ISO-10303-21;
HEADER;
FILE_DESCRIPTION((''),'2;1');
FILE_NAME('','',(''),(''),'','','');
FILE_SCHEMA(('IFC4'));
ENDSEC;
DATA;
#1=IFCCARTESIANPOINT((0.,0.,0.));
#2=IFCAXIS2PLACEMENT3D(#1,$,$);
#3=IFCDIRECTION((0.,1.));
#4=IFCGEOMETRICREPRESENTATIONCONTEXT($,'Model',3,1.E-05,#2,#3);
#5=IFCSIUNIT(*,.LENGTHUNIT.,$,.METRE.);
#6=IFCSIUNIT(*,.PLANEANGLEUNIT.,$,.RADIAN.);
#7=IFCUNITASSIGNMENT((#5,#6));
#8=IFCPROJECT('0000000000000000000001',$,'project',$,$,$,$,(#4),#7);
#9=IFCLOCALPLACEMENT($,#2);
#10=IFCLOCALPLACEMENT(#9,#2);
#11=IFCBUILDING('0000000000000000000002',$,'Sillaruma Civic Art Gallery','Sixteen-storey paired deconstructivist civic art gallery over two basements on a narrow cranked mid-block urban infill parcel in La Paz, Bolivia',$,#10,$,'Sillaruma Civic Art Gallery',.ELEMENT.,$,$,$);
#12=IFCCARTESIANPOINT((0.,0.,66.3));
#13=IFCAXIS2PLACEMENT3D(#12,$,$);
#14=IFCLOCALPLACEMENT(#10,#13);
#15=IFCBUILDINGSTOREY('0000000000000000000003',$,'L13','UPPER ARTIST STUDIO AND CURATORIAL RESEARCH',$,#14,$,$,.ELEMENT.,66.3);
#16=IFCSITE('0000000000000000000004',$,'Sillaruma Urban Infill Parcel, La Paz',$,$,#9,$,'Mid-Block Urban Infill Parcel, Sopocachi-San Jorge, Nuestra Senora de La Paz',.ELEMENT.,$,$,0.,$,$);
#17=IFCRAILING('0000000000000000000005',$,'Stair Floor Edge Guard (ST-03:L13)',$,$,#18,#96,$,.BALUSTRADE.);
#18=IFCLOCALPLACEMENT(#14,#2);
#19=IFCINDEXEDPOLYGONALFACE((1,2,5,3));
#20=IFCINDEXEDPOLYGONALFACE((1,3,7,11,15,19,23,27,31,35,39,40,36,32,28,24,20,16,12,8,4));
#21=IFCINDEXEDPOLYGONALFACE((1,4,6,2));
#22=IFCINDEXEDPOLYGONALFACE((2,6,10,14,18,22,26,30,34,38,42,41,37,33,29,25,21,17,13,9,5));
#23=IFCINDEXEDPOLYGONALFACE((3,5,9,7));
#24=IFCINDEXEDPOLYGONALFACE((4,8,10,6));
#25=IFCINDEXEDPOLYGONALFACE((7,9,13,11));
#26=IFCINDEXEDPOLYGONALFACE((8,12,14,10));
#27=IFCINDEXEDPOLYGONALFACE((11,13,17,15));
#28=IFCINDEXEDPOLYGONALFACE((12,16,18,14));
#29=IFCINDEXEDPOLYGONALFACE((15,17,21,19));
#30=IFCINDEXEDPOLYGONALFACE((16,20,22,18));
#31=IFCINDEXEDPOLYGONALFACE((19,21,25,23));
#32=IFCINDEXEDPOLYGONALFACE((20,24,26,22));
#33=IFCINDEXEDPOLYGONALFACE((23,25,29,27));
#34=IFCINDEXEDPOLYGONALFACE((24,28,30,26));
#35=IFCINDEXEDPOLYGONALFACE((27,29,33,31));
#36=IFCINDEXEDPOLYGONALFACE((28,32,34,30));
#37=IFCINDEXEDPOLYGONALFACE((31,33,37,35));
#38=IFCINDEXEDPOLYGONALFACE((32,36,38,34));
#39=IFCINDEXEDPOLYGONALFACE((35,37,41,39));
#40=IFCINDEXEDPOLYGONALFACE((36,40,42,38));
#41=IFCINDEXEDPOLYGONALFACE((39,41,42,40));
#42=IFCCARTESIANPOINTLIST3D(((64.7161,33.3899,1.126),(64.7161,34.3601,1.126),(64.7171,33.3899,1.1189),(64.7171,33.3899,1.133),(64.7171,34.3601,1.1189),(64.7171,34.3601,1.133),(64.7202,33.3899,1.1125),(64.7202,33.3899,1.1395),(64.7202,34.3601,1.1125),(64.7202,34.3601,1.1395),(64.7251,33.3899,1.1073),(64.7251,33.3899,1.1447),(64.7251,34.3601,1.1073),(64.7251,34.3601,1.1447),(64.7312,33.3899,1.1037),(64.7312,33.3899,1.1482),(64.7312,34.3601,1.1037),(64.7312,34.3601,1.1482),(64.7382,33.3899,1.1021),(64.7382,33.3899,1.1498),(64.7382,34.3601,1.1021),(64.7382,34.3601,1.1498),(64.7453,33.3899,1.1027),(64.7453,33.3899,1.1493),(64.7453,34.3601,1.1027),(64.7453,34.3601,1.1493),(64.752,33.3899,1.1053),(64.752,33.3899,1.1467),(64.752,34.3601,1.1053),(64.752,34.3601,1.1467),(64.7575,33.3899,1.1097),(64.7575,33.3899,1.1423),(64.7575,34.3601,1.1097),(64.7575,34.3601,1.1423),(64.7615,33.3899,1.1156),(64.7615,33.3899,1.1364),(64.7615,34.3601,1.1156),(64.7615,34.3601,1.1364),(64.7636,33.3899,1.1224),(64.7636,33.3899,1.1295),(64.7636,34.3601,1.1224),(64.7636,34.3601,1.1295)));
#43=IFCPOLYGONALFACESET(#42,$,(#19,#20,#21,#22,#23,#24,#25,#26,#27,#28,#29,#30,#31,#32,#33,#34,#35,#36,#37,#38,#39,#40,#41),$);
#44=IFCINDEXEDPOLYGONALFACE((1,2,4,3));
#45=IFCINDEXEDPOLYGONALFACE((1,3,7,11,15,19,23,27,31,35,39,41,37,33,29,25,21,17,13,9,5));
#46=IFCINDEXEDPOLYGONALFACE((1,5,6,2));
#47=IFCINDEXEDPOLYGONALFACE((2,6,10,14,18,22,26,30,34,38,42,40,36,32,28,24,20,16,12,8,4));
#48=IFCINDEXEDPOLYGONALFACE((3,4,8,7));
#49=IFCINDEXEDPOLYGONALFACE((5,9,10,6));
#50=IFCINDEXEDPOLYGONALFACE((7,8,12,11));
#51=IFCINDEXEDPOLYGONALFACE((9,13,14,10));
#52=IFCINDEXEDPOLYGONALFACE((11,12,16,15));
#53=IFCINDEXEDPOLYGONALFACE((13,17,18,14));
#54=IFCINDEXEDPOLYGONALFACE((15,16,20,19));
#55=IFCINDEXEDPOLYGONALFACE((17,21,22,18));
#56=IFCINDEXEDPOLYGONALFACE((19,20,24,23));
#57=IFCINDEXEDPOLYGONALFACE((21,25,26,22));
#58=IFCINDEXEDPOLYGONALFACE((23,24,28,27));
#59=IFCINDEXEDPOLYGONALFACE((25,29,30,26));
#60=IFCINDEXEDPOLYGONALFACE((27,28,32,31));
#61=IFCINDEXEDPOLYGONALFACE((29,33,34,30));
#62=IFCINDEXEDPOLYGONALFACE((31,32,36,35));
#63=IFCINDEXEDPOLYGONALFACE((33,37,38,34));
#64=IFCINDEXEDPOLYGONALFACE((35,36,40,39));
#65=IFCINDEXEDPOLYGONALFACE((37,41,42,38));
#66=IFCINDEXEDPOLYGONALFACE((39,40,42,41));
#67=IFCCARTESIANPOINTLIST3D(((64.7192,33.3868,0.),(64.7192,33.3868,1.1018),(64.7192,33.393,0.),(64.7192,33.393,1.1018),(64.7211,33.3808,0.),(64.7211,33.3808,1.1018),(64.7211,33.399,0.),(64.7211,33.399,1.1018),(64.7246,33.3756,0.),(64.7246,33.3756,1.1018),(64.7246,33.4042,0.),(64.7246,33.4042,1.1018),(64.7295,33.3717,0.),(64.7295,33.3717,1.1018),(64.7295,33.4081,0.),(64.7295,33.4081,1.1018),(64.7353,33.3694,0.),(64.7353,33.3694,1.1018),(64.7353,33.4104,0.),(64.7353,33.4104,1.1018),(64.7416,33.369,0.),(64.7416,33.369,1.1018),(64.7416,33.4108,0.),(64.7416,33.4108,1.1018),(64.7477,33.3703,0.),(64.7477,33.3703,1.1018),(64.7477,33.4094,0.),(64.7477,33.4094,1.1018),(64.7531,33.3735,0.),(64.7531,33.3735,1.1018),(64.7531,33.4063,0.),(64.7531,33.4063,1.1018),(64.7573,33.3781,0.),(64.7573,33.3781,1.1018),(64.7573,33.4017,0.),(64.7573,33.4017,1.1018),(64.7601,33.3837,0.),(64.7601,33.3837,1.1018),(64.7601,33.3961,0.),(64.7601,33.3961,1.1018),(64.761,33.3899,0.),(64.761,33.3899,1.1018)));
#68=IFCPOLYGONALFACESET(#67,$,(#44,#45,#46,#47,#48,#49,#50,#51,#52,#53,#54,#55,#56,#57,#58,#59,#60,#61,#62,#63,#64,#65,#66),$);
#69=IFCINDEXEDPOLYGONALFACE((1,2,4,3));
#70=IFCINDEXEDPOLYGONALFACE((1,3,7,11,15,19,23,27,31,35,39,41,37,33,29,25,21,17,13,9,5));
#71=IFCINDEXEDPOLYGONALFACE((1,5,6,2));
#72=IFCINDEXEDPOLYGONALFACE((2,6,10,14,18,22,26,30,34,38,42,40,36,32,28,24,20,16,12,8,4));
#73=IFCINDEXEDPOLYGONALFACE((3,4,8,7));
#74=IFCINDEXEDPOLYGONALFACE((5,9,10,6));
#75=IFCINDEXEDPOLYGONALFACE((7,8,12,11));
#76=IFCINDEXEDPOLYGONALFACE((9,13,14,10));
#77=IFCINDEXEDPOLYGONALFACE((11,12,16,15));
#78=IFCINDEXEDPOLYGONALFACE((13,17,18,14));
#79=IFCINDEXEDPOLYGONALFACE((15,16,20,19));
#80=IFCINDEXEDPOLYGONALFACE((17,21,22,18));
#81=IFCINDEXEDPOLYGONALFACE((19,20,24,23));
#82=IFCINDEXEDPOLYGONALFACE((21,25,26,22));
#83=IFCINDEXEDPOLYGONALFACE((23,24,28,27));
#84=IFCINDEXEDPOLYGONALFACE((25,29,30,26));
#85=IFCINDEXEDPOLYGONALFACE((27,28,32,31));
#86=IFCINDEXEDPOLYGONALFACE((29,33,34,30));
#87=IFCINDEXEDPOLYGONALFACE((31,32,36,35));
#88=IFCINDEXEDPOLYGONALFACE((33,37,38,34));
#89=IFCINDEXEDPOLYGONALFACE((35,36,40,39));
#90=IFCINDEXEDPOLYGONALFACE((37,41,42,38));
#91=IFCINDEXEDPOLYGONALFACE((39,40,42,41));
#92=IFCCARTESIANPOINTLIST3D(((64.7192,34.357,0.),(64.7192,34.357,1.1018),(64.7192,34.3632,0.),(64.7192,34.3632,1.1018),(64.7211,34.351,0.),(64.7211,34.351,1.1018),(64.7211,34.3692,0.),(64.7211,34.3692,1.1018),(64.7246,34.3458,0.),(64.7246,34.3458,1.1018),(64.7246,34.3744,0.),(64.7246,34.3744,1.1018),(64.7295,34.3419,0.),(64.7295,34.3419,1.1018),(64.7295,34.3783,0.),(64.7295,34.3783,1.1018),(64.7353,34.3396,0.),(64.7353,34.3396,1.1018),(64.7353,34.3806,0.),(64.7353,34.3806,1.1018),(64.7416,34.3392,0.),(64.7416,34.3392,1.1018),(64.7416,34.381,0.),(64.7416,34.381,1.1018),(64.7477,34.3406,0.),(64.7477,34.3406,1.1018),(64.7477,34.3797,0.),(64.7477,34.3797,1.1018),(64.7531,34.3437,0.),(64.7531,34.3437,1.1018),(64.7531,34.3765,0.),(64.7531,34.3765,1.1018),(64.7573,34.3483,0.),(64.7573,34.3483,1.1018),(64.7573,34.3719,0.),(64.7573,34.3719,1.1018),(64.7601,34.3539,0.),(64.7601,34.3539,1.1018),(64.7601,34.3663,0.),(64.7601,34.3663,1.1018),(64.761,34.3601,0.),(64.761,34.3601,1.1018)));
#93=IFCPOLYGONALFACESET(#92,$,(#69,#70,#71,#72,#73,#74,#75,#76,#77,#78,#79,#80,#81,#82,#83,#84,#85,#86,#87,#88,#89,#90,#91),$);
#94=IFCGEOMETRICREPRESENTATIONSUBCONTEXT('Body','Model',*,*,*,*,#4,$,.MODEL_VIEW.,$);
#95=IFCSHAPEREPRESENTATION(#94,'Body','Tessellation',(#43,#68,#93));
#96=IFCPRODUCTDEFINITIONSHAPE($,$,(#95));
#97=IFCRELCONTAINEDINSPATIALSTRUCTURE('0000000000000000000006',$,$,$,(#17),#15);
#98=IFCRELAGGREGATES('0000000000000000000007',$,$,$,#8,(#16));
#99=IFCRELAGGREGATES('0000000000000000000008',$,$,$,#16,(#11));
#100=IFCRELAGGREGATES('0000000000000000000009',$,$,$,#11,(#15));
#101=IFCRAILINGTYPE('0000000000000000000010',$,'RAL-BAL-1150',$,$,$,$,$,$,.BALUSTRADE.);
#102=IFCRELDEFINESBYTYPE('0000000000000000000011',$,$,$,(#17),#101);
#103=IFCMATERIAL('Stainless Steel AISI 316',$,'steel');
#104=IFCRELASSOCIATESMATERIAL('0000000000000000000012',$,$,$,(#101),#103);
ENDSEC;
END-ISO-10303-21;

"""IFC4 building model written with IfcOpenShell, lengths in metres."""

from ifc_helpers import new_model, si_unit, direction, frame, origin, origin_2d, place, context, subcontext, project, spatial, circle, extrude, material, type_object, element, save


model = new_model("IFC4")

# Units and contexts
model_context = context("Model", 3, precision=1e-05, world=origin(), true_north=direction((0.0, 1.0)))
body_context = subcontext(model_context, "Body", "Model", "MODEL_VIEW")
ifc_project = project(units=[si_unit("LENGTHUNIT", "METRE"), si_unit("PLANEANGLEUNIT", "RADIAN")], contexts=[model_context])

# Site, building, storey
site_placement = place(None, origin())
site = spatial("IfcSite", under=ifc_project, at=site_placement, Name="Sillaruma Urban Infill Parcel, La Paz", LongName="Mid-Block Urban Infill Parcel, Sopocachi-San Jorge, Nuestra Senora de La Paz", CompositionType="ELEMENT", RefElevation=0.0)
building_placement = place(site_placement, origin())
building = spatial("IfcBuilding", under=site, at=building_placement, Name="Sillaruma Civic Art Gallery", Description="Sixteen-storey paired deconstructivist civic art gallery over two basements on a narrow cranked mid-block urban infill parcel in La Paz, Bolivia", LongName="Sillaruma Civic Art Gallery", CompositionType="ELEMENT")
storey_placement = place(building_placement, frame((0.0, 0.0, 66.3)))
storey = spatial("IfcBuildingStorey", under=building, at=storey_placement, Name="L13", Description="UPPER ARTIST STUDIO AND CURATORIAL RESEARCH", CompositionType="ELEMENT", Elevation=66.3)

# Railing
ifc_material_1 = material(Name="Stainless Steel AISI 316", Category="steel")
railing_type_1 = type_object("IfcRailingType", Name="RAL-BAL-1150", PredefinedType="BALUSTRADE", material=ifc_material_1)
railing_1_placement = place(storey_placement, frame((64.74, 33.3899, 0.0)))
element("IfcRailing", 1, at=railing_1_placement, inside=storey, type_object=railing_type_1, Name="Stair Floor Edge Guard (ST-03:L13)", PredefinedType="BALUSTRADE", context=body_context, shape_type="SweptSolid", body=[
    extrude(circle(Radius=0.0239, at=origin_2d()), frame((0.0, 0.0, 1.126), z_axis=(0.0, 1.0, 0.0), x_axis=(-1.0, 0.0, 0.0)), (0.0, 0.0, 1.0), 0.9702),
    extrude(circle(Radius=0.021, at=origin_2d()), origin(), (0.0, 0.0, 1.0), 1.1018),
    extrude(circle(Radius=0.021, at=origin_2d()), frame((0.0, 0.9702, 0.0)), (0.0, 0.0, 1.0), 1.1018),
])

save(model, "model.ifc")
